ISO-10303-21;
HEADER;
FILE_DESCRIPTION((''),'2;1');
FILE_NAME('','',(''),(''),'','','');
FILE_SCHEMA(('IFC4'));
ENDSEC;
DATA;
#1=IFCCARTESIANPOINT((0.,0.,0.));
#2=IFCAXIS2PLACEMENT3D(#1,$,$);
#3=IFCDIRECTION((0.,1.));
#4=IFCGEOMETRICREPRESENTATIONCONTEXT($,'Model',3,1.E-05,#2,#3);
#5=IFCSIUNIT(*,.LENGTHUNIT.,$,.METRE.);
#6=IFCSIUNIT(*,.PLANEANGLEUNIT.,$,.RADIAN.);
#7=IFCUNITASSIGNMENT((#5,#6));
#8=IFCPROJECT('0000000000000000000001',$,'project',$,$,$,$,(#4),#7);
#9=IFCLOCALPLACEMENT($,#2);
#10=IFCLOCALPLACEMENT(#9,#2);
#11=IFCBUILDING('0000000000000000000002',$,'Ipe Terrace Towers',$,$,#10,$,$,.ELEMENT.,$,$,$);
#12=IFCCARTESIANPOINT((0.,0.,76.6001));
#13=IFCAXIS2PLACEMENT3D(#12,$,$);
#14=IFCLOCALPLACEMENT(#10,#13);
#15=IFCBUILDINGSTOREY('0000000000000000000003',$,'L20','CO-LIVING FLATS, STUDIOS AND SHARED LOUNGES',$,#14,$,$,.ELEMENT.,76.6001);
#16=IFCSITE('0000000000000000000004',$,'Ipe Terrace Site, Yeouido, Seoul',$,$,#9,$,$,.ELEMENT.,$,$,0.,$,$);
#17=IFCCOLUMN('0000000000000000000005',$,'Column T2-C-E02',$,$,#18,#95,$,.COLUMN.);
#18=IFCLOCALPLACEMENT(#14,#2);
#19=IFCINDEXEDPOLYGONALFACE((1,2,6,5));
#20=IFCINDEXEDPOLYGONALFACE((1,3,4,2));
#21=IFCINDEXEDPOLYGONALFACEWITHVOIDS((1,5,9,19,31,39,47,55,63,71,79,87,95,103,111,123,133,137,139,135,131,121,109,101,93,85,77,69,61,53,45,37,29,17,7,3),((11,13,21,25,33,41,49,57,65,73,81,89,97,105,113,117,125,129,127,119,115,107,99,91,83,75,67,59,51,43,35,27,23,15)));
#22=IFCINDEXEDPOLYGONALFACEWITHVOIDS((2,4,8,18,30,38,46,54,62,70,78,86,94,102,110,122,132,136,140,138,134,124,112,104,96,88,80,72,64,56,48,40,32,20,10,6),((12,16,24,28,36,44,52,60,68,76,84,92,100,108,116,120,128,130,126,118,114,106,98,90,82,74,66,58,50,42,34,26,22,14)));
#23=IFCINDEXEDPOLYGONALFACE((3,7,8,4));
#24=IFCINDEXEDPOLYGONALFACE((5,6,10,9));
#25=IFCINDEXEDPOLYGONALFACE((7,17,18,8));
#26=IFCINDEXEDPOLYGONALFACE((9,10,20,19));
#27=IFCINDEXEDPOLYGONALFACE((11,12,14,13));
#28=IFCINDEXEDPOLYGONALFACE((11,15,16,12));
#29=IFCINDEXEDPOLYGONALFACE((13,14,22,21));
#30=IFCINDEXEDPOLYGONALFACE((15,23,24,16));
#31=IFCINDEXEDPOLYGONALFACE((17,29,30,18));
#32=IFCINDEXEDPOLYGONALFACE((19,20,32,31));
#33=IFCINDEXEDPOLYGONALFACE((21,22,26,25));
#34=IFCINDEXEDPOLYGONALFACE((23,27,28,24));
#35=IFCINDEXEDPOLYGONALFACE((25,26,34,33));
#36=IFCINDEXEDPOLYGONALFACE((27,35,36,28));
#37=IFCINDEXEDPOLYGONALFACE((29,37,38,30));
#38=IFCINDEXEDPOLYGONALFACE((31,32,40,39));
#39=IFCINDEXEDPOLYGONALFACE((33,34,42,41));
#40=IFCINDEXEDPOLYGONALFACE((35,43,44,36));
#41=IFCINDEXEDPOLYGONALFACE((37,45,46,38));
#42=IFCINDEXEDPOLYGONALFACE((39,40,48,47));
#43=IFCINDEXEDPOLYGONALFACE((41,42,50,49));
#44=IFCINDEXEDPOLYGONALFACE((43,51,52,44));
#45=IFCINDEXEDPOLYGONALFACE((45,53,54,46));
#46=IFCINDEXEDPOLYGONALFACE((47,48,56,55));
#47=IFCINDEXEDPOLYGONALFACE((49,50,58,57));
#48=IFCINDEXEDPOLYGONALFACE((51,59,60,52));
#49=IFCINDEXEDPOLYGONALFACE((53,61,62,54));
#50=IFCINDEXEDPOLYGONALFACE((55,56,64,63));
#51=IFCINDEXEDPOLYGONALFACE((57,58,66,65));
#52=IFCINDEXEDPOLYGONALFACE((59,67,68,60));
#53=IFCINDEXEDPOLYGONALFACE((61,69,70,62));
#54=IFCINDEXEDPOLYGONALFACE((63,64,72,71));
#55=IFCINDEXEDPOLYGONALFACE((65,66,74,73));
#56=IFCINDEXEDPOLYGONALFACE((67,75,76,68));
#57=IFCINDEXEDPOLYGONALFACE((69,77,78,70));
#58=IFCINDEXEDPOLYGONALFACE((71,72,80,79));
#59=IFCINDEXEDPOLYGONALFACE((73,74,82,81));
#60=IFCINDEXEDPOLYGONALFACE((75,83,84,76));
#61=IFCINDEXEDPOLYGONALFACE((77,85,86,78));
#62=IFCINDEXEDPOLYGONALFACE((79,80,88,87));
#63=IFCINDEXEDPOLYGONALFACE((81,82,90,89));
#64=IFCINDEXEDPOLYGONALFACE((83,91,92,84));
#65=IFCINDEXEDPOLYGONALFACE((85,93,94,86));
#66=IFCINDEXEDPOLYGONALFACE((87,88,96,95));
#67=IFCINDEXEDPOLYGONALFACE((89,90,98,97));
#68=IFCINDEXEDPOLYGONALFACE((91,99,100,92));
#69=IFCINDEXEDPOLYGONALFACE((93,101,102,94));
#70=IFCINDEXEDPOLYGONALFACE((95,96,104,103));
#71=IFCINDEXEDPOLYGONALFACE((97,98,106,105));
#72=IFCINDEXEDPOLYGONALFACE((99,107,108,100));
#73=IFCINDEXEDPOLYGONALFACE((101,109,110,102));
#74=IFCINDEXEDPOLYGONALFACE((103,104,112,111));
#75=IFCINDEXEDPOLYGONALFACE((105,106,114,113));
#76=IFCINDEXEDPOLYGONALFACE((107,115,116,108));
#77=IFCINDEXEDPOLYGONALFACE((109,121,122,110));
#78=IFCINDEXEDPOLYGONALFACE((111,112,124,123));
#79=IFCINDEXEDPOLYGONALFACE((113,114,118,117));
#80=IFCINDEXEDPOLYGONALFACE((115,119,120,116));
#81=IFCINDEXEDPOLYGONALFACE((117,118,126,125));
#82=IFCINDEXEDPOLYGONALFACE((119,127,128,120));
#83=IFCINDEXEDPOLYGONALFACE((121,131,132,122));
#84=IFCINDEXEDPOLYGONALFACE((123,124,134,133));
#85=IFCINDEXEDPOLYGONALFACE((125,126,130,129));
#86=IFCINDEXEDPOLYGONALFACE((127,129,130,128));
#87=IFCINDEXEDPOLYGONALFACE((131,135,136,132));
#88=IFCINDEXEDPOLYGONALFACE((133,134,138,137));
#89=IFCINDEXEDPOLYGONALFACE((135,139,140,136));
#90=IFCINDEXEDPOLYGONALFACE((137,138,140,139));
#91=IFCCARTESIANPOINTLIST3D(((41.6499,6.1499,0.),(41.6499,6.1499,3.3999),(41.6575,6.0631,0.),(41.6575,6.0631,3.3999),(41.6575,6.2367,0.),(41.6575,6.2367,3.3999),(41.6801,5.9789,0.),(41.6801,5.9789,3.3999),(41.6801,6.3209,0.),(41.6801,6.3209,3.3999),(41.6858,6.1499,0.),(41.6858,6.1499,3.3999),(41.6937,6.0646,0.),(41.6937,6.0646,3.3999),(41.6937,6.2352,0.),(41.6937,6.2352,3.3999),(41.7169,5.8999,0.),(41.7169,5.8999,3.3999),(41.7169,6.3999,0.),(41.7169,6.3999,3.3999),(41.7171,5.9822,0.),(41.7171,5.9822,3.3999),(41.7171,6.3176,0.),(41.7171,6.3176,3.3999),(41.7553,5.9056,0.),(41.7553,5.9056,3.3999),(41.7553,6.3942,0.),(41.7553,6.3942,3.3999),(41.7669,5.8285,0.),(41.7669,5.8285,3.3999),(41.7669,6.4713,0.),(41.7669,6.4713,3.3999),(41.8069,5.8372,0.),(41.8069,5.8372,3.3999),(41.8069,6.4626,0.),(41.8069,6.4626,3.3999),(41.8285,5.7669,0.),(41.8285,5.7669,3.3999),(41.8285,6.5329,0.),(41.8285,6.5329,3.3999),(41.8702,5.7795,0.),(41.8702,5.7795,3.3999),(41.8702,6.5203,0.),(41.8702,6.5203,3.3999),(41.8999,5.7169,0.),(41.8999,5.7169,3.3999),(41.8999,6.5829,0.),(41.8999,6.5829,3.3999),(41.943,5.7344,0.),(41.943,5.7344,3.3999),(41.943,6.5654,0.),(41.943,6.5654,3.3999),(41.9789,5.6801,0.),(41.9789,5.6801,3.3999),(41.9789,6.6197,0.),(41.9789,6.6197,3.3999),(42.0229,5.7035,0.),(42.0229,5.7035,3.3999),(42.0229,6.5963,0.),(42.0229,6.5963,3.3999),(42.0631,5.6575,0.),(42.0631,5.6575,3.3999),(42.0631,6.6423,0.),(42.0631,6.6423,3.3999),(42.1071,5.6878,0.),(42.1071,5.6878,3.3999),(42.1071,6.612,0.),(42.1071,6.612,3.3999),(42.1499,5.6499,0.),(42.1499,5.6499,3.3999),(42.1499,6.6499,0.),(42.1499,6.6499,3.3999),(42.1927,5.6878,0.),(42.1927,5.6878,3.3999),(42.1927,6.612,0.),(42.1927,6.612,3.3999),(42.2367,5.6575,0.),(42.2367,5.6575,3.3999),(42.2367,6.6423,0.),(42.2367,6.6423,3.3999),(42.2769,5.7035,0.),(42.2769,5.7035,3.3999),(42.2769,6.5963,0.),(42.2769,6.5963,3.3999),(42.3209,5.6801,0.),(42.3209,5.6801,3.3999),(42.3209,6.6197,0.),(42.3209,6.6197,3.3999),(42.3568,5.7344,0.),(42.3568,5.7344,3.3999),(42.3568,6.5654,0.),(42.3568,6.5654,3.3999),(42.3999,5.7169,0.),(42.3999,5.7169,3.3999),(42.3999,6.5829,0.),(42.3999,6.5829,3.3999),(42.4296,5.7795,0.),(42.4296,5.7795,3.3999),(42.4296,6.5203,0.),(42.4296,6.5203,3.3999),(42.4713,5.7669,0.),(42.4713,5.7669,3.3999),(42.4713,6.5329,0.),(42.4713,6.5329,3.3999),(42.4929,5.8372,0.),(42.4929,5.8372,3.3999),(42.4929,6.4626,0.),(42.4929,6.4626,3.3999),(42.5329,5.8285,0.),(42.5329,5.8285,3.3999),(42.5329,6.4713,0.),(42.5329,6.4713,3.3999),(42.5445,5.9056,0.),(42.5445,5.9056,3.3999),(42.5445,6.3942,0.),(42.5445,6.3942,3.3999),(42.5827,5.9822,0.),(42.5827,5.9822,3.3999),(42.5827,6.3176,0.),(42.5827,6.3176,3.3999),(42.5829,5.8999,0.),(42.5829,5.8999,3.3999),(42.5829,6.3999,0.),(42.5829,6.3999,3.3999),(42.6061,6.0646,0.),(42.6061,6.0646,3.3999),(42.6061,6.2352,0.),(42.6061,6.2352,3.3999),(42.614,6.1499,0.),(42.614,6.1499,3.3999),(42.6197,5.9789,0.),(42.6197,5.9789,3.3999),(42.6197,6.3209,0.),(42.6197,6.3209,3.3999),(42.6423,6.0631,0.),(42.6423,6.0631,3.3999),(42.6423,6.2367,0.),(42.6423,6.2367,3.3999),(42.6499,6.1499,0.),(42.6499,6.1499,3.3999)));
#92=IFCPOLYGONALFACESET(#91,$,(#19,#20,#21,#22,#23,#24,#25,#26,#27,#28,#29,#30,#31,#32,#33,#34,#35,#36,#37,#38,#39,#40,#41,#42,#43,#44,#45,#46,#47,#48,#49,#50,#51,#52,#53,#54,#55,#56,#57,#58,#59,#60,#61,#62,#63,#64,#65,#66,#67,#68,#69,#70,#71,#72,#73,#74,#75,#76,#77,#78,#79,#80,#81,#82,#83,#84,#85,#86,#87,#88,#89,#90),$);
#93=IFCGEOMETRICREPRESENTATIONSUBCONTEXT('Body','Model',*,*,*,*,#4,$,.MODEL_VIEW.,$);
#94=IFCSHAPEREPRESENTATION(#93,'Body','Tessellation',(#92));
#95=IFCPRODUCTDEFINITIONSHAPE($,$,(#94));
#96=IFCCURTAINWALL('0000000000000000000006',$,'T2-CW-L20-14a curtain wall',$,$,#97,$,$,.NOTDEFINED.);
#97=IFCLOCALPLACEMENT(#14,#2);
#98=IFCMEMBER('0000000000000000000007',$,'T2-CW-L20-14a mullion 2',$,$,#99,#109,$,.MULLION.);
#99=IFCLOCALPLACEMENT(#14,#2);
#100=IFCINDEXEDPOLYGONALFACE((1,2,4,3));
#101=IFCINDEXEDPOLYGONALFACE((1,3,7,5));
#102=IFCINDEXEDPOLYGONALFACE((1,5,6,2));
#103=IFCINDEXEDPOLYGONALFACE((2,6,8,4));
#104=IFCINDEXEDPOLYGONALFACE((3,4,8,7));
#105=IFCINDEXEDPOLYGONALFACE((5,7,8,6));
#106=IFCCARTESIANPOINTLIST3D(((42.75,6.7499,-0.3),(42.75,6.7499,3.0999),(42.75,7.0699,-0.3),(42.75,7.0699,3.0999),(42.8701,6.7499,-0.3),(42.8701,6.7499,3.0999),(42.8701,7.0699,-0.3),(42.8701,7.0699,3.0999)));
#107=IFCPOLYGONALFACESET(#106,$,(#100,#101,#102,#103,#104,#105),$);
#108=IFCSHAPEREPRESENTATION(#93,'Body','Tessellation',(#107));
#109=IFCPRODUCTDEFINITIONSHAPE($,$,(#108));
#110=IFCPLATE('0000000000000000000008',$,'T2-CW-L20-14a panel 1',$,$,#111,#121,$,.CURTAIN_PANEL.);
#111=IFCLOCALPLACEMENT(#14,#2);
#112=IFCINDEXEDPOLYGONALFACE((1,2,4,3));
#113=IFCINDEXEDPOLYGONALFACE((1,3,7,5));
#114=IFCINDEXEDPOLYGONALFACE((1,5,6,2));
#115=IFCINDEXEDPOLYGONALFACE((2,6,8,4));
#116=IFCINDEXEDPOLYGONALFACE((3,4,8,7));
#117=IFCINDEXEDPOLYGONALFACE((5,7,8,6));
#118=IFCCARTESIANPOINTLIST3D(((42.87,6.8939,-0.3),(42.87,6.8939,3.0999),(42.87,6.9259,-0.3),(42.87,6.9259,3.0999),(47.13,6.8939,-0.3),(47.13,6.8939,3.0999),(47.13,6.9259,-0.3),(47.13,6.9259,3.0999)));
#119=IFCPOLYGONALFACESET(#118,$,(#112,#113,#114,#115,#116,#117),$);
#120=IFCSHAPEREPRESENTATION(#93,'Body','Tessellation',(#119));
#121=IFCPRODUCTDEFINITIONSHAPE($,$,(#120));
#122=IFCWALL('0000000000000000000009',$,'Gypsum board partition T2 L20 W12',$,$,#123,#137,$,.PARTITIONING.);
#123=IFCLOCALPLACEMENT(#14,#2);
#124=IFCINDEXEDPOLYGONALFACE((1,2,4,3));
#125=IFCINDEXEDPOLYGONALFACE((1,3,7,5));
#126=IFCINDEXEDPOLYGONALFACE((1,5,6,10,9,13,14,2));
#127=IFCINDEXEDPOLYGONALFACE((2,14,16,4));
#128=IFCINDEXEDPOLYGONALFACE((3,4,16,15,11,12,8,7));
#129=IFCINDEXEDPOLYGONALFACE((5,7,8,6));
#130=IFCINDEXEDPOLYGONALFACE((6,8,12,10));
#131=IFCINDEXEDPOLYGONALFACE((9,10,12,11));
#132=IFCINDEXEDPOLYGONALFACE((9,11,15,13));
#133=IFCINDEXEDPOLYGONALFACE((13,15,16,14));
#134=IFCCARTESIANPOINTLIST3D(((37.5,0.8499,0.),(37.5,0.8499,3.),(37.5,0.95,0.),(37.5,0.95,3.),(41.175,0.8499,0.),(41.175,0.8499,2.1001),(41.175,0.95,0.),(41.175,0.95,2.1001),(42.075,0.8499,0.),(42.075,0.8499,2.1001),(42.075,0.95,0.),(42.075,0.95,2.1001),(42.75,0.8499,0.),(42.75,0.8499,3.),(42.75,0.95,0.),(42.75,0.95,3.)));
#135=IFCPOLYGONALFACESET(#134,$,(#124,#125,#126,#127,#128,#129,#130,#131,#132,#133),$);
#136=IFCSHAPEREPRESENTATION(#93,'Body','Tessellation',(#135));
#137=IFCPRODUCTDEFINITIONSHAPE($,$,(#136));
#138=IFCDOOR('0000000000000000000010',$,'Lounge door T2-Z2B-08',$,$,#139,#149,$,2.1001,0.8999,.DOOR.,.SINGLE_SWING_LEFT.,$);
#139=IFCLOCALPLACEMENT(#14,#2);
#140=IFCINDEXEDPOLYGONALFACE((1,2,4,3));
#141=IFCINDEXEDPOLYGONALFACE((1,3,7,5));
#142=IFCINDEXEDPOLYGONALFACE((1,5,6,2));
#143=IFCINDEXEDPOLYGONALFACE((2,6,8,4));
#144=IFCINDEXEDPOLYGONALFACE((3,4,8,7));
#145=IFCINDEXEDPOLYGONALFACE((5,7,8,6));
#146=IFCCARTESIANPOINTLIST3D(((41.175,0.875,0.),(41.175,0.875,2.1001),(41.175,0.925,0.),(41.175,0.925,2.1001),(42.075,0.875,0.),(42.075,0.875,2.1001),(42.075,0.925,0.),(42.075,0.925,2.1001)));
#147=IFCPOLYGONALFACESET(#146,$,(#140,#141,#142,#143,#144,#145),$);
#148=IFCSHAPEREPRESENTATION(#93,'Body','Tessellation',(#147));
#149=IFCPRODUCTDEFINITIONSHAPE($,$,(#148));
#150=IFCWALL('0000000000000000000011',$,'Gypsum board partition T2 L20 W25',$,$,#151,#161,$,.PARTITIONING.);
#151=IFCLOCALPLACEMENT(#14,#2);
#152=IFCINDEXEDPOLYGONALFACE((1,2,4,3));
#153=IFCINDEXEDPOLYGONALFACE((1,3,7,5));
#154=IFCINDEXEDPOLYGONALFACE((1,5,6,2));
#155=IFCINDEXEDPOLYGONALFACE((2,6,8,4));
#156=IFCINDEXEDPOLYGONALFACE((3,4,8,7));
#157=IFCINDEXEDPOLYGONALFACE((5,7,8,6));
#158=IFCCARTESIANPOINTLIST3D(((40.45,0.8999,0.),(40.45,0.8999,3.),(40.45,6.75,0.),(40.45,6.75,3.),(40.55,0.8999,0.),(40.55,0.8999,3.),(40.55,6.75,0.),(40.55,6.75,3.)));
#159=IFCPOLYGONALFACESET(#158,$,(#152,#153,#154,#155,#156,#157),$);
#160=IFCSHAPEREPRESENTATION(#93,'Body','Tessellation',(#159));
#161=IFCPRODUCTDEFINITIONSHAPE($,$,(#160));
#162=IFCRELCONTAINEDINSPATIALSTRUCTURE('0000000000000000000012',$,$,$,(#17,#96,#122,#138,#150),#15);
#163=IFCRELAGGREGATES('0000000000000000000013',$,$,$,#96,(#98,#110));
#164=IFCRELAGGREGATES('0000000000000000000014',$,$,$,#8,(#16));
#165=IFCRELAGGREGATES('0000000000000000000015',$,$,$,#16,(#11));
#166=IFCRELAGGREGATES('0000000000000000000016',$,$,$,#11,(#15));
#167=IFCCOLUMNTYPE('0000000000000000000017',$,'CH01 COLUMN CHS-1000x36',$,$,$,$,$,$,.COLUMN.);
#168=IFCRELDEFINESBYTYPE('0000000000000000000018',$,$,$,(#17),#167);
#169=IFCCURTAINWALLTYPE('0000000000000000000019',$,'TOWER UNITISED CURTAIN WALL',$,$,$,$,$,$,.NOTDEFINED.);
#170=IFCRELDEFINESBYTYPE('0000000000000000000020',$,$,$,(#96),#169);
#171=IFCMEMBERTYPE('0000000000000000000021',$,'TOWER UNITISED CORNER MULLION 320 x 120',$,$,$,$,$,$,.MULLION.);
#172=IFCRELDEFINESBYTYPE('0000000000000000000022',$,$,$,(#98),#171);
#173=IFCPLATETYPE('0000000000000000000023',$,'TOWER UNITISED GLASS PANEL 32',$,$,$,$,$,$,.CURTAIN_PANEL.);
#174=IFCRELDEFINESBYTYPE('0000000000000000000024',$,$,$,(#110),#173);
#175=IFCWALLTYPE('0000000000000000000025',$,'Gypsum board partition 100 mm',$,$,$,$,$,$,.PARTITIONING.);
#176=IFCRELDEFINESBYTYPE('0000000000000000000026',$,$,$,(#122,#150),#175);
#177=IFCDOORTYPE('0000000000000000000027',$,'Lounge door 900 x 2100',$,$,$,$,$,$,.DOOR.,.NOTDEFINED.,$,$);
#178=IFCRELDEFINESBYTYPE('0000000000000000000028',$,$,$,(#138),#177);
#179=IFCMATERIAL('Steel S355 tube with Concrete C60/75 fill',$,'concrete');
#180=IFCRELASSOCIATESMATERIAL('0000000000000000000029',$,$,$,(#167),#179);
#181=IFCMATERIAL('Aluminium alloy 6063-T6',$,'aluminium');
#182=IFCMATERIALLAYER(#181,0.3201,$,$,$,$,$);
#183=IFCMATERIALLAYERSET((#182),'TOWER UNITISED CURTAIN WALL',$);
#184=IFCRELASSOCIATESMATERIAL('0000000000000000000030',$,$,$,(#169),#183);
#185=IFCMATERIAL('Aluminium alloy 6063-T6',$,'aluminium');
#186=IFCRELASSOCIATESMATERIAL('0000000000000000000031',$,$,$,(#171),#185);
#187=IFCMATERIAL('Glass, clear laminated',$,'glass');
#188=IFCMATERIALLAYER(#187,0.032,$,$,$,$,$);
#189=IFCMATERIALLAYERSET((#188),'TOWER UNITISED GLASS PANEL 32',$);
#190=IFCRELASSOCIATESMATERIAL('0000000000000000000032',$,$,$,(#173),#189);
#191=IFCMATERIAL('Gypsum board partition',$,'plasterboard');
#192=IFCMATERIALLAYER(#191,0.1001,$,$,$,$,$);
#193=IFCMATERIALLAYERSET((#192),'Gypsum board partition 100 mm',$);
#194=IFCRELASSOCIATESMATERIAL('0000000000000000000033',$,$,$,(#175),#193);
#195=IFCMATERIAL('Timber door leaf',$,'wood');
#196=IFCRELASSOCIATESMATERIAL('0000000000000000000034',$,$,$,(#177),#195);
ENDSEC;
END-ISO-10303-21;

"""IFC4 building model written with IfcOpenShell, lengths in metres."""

from ifc_helpers import new_model, si_unit, direction, frame, frame_2d, origin, origin_2d, place, context, subcontext, project, spatial, rectangle, hollow_circle, extrude, material, layer, layer_set, material_profile, profile_set, type_object, element, fill, aggregate, save


model = new_model("IFC4")

# Units and contexts
model_context = context("Model", 3, precision=1e-05, world=origin(), true_north=direction((0.0, 1.0)))
body_context = subcontext(model_context, "Body", "Model", "MODEL_VIEW")
ifc_project = project(units=[si_unit("LENGTHUNIT", "METRE"), si_unit("PLANEANGLEUNIT", "RADIAN")], contexts=[model_context])

# Site, building, storey
site_placement = place(None, origin())
site = spatial("IfcSite", under=ifc_project, at=site_placement, Name="Ipe Terrace Site, Yeouido, Seoul", CompositionType="ELEMENT", RefElevation=0.0)
building_placement = place(site_placement, origin())
building = spatial("IfcBuilding", under=site, at=building_placement, Name="Ipe Terrace Towers", CompositionType="ELEMENT")
storey_placement = place(building_placement, frame((0.0, 0.0, 76.6001)))
storey = spatial("IfcBuildingStorey", under=building, at=storey_placement, Name="L20", Description="CO-LIVING FLATS, STUDIOS AND SHARED LOUNGES", CompositionType="ELEMENT", Elevation=76.6001)

# Column
ifc_material_1 = material(Name="Steel S355 tube with Concrete C60/75 fill", Category="concrete")
ifc_material_profile_1 = material_profile(ifc_material_1, hollow_circle(Radius=0.5, WallThickness=0.0359, at=origin_2d()), Name="CHS-1000x36")
ifc_profile_set_1 = profile_set([ifc_material_profile_1], Name="Steel S355 tube with Concrete C60/75 fill")
column_type = type_object("IfcColumnType", Name="CH01 COLUMN CHS-1000x36", PredefinedType="COLUMN", material=ifc_profile_set_1)
column_placement = place(storey_placement, frame((42.1499, 6.1499, 0.0), z_axis=(0.0, 0.0, 1.0), x_axis=(1.0, 0.0, 0.0)))
element("IfcColumn", 1, at=column_placement, inside=storey, type_object=column_type, Name="Column T2-C-E02", PredefinedType="COLUMN", context=body_context, shape_type="SweptSolid", body=[
    extrude(hollow_circle(Radius=0.5, WallThickness=0.0359, at=origin_2d()), origin(), (0.0, 0.0, 1.0), 3.3999),
])

# Curtain wall, member, plate
ifc_material_2 = material(Name="Aluminium alloy 6063-T6", Category="aluminium")
ifc_layer_1 = layer(ifc_material_2, 0.3201)
ifc_layer_set_1 = layer_set([ifc_layer_1], Name="TOWER UNITISED CURTAIN WALL")
curtain_wall_type = type_object("IfcCurtainWallType", Name="TOWER UNITISED CURTAIN WALL", PredefinedType="NOTDEFINED", material=ifc_layer_set_1)
curtain_wall_placement = place(storey_placement, origin())
curtain_wall = element("IfcCurtainWall", 2, at=curtain_wall_placement, inside=storey, type_object=curtain_wall_type, Name="T2-CW-L20-14a curtain wall", PredefinedType="NOTDEFINED")
ifc_material_3 = material(Name="Aluminium alloy 6063-T6", Category="aluminium")
ifc_material_profile_2 = material_profile(ifc_material_3, rectangle(XDim=0.3201, YDim=0.1201, at=origin_2d()), Name="TOWER UNITISED CORNER MULLION 320 x 120")
ifc_profile_set_2 = profile_set([ifc_material_profile_2], Name="Aluminium alloy 6063-T6")
member_type = type_object("IfcMemberType", Name="TOWER UNITISED CORNER MULLION 320 x 120", PredefinedType="MULLION", material=ifc_profile_set_2)
member_placement = place(storey_placement, frame((42.8101, 6.9099, -0.3), z_axis=(0.0, 0.0, 1.0), x_axis=(0.0, 1.0, 0.0)))
member = element("IfcMember", 3, at=member_placement, type_object=member_type, Name="T2-CW-L20-14a mullion 2", PredefinedType="MULLION", context=body_context, shape_type="SweptSolid", body=[
    extrude(rectangle(XDim=0.3201, YDim=0.1201, at=origin_2d()), origin(), (0.0, 0.0, 1.0), 3.3999),
])
ifc_material_4 = material(Name="Glass, clear laminated", Category="glass")
ifc_layer_2 = layer(ifc_material_4, 0.032)
ifc_layer_set_2 = layer_set([ifc_layer_2], Name="TOWER UNITISED GLASS PANEL 32")
plate_type = type_object("IfcPlateType", Name="TOWER UNITISED GLASS PANEL 32", PredefinedType="CURTAIN_PANEL", material=ifc_layer_set_2)
plate_placement = place(storey_placement, frame((45.0, 6.9099, -0.3), z_axis=(0.0, 0.0, 1.0), x_axis=(-1.0, 0.0, 0.0)))
plate = element("IfcPlate", 4, at=plate_placement, type_object=plate_type, Name="T2-CW-L20-14a panel 1", PredefinedType="CURTAIN_PANEL", context=body_context, shape_type="SweptSolid", body=[
    extrude(rectangle(XDim=4.26, YDim=0.032, at=origin_2d()), origin(), (0.0, 0.0, 1.0), 3.3999),
])
aggregate(curtain_wall, [member, plate])

# Wall, opening, door
ifc_material_5 = material(Name="Gypsum board partition", Category="plasterboard")
ifc_layer_3 = layer(ifc_material_5, 0.1001)
ifc_layer_set_3 = layer_set([ifc_layer_3], Name="Gypsum board partition 100 mm")
wall_type_1 = type_object("IfcWallType", Name="Gypsum board partition 100 mm", PredefinedType="PARTITIONING", material=ifc_layer_set_3)
wall_1_placement = place(storey_placement, frame((42.75, 0.8999, 0.0), z_axis=(0.0, 0.0, 1.0), x_axis=(-1.0, 0.0, 0.0)))
wall_1 = element("IfcWall", 5, at=wall_1_placement, inside=storey, type_object=wall_type_1, Name="Gypsum board partition T2 L20 W12", PredefinedType="PARTITIONING", context=body_context, shape_type="SweptSolid", body=[
    extrude(rectangle(XDim=5.25, YDim=0.1001, at=frame_2d((2.625, 0.0))), origin(), (0.0, 0.0, 1.0), 3.0),
])
opening_1_placement = place(wall_1_placement, frame((0.675, 0.0, 0.0)))
opening_1 = element("IfcOpeningElement", 6, at=opening_1_placement, cuts=wall_1, PredefinedType="OPENING", context=body_context, shape_type="SweptSolid", body=[
    extrude(rectangle(XDim=0.8999, YDim=2.1001, at=frame_2d((0.45, 1.05))), frame((0.0, 0.0601, 0.0), z_axis=(0.0, -1.0, 0.0), x_axis=(1.0, 0.0, 0.0)), (0.0, 0.0, 1.0), 0.1201),
])
ifc_material_6 = material(Name="Timber door leaf", Category="wood")
door_type_1 = type_object("IfcDoorType", Name="Lounge door 900 x 2100", OperationType="NOTDEFINED", PredefinedType="DOOR", material=ifc_material_6)
door_1_placement = place(opening_1_placement, origin())
door_1 = element("IfcDoor", 7, at=door_1_placement, inside=storey, type_object=door_type_1, Name="Lounge door T2-Z2B-08", OperationType="SINGLE_SWING_LEFT", OverallHeight=2.1001, OverallWidth=0.8999, PredefinedType="DOOR", context=body_context, shape_type="SweptSolid", body=[
    extrude(rectangle(XDim=0.8999, YDim=2.1001, at=frame_2d((0.45, 1.05))), frame((0.0, 0.0249, 0.0), z_axis=(0.0, -1.0, 0.0), x_axis=(1.0, 0.0, 0.0)), (0.0, 0.0, 1.0), 0.05),
])
fill(opening_1, door_1)

# Wall
wall_2_placement = place(storey_placement, frame((40.5, 0.8999, 0.0), z_axis=(0.0, 0.0, 1.0), x_axis=(0.0, 1.0, 0.0)))
element("IfcWall", 8, at=wall_2_placement, inside=storey, type_object=wall_type_1, Name="Gypsum board partition T2 L20 W25", PredefinedType="PARTITIONING", context=body_context, shape_type="SweptSolid", body=[
    extrude(rectangle(XDim=5.8501, YDim=0.1001, at=frame_2d((2.925, 0.0))), origin(), (0.0, 0.0, 1.0), 3.0),
])

save(model, "model.ifc")
